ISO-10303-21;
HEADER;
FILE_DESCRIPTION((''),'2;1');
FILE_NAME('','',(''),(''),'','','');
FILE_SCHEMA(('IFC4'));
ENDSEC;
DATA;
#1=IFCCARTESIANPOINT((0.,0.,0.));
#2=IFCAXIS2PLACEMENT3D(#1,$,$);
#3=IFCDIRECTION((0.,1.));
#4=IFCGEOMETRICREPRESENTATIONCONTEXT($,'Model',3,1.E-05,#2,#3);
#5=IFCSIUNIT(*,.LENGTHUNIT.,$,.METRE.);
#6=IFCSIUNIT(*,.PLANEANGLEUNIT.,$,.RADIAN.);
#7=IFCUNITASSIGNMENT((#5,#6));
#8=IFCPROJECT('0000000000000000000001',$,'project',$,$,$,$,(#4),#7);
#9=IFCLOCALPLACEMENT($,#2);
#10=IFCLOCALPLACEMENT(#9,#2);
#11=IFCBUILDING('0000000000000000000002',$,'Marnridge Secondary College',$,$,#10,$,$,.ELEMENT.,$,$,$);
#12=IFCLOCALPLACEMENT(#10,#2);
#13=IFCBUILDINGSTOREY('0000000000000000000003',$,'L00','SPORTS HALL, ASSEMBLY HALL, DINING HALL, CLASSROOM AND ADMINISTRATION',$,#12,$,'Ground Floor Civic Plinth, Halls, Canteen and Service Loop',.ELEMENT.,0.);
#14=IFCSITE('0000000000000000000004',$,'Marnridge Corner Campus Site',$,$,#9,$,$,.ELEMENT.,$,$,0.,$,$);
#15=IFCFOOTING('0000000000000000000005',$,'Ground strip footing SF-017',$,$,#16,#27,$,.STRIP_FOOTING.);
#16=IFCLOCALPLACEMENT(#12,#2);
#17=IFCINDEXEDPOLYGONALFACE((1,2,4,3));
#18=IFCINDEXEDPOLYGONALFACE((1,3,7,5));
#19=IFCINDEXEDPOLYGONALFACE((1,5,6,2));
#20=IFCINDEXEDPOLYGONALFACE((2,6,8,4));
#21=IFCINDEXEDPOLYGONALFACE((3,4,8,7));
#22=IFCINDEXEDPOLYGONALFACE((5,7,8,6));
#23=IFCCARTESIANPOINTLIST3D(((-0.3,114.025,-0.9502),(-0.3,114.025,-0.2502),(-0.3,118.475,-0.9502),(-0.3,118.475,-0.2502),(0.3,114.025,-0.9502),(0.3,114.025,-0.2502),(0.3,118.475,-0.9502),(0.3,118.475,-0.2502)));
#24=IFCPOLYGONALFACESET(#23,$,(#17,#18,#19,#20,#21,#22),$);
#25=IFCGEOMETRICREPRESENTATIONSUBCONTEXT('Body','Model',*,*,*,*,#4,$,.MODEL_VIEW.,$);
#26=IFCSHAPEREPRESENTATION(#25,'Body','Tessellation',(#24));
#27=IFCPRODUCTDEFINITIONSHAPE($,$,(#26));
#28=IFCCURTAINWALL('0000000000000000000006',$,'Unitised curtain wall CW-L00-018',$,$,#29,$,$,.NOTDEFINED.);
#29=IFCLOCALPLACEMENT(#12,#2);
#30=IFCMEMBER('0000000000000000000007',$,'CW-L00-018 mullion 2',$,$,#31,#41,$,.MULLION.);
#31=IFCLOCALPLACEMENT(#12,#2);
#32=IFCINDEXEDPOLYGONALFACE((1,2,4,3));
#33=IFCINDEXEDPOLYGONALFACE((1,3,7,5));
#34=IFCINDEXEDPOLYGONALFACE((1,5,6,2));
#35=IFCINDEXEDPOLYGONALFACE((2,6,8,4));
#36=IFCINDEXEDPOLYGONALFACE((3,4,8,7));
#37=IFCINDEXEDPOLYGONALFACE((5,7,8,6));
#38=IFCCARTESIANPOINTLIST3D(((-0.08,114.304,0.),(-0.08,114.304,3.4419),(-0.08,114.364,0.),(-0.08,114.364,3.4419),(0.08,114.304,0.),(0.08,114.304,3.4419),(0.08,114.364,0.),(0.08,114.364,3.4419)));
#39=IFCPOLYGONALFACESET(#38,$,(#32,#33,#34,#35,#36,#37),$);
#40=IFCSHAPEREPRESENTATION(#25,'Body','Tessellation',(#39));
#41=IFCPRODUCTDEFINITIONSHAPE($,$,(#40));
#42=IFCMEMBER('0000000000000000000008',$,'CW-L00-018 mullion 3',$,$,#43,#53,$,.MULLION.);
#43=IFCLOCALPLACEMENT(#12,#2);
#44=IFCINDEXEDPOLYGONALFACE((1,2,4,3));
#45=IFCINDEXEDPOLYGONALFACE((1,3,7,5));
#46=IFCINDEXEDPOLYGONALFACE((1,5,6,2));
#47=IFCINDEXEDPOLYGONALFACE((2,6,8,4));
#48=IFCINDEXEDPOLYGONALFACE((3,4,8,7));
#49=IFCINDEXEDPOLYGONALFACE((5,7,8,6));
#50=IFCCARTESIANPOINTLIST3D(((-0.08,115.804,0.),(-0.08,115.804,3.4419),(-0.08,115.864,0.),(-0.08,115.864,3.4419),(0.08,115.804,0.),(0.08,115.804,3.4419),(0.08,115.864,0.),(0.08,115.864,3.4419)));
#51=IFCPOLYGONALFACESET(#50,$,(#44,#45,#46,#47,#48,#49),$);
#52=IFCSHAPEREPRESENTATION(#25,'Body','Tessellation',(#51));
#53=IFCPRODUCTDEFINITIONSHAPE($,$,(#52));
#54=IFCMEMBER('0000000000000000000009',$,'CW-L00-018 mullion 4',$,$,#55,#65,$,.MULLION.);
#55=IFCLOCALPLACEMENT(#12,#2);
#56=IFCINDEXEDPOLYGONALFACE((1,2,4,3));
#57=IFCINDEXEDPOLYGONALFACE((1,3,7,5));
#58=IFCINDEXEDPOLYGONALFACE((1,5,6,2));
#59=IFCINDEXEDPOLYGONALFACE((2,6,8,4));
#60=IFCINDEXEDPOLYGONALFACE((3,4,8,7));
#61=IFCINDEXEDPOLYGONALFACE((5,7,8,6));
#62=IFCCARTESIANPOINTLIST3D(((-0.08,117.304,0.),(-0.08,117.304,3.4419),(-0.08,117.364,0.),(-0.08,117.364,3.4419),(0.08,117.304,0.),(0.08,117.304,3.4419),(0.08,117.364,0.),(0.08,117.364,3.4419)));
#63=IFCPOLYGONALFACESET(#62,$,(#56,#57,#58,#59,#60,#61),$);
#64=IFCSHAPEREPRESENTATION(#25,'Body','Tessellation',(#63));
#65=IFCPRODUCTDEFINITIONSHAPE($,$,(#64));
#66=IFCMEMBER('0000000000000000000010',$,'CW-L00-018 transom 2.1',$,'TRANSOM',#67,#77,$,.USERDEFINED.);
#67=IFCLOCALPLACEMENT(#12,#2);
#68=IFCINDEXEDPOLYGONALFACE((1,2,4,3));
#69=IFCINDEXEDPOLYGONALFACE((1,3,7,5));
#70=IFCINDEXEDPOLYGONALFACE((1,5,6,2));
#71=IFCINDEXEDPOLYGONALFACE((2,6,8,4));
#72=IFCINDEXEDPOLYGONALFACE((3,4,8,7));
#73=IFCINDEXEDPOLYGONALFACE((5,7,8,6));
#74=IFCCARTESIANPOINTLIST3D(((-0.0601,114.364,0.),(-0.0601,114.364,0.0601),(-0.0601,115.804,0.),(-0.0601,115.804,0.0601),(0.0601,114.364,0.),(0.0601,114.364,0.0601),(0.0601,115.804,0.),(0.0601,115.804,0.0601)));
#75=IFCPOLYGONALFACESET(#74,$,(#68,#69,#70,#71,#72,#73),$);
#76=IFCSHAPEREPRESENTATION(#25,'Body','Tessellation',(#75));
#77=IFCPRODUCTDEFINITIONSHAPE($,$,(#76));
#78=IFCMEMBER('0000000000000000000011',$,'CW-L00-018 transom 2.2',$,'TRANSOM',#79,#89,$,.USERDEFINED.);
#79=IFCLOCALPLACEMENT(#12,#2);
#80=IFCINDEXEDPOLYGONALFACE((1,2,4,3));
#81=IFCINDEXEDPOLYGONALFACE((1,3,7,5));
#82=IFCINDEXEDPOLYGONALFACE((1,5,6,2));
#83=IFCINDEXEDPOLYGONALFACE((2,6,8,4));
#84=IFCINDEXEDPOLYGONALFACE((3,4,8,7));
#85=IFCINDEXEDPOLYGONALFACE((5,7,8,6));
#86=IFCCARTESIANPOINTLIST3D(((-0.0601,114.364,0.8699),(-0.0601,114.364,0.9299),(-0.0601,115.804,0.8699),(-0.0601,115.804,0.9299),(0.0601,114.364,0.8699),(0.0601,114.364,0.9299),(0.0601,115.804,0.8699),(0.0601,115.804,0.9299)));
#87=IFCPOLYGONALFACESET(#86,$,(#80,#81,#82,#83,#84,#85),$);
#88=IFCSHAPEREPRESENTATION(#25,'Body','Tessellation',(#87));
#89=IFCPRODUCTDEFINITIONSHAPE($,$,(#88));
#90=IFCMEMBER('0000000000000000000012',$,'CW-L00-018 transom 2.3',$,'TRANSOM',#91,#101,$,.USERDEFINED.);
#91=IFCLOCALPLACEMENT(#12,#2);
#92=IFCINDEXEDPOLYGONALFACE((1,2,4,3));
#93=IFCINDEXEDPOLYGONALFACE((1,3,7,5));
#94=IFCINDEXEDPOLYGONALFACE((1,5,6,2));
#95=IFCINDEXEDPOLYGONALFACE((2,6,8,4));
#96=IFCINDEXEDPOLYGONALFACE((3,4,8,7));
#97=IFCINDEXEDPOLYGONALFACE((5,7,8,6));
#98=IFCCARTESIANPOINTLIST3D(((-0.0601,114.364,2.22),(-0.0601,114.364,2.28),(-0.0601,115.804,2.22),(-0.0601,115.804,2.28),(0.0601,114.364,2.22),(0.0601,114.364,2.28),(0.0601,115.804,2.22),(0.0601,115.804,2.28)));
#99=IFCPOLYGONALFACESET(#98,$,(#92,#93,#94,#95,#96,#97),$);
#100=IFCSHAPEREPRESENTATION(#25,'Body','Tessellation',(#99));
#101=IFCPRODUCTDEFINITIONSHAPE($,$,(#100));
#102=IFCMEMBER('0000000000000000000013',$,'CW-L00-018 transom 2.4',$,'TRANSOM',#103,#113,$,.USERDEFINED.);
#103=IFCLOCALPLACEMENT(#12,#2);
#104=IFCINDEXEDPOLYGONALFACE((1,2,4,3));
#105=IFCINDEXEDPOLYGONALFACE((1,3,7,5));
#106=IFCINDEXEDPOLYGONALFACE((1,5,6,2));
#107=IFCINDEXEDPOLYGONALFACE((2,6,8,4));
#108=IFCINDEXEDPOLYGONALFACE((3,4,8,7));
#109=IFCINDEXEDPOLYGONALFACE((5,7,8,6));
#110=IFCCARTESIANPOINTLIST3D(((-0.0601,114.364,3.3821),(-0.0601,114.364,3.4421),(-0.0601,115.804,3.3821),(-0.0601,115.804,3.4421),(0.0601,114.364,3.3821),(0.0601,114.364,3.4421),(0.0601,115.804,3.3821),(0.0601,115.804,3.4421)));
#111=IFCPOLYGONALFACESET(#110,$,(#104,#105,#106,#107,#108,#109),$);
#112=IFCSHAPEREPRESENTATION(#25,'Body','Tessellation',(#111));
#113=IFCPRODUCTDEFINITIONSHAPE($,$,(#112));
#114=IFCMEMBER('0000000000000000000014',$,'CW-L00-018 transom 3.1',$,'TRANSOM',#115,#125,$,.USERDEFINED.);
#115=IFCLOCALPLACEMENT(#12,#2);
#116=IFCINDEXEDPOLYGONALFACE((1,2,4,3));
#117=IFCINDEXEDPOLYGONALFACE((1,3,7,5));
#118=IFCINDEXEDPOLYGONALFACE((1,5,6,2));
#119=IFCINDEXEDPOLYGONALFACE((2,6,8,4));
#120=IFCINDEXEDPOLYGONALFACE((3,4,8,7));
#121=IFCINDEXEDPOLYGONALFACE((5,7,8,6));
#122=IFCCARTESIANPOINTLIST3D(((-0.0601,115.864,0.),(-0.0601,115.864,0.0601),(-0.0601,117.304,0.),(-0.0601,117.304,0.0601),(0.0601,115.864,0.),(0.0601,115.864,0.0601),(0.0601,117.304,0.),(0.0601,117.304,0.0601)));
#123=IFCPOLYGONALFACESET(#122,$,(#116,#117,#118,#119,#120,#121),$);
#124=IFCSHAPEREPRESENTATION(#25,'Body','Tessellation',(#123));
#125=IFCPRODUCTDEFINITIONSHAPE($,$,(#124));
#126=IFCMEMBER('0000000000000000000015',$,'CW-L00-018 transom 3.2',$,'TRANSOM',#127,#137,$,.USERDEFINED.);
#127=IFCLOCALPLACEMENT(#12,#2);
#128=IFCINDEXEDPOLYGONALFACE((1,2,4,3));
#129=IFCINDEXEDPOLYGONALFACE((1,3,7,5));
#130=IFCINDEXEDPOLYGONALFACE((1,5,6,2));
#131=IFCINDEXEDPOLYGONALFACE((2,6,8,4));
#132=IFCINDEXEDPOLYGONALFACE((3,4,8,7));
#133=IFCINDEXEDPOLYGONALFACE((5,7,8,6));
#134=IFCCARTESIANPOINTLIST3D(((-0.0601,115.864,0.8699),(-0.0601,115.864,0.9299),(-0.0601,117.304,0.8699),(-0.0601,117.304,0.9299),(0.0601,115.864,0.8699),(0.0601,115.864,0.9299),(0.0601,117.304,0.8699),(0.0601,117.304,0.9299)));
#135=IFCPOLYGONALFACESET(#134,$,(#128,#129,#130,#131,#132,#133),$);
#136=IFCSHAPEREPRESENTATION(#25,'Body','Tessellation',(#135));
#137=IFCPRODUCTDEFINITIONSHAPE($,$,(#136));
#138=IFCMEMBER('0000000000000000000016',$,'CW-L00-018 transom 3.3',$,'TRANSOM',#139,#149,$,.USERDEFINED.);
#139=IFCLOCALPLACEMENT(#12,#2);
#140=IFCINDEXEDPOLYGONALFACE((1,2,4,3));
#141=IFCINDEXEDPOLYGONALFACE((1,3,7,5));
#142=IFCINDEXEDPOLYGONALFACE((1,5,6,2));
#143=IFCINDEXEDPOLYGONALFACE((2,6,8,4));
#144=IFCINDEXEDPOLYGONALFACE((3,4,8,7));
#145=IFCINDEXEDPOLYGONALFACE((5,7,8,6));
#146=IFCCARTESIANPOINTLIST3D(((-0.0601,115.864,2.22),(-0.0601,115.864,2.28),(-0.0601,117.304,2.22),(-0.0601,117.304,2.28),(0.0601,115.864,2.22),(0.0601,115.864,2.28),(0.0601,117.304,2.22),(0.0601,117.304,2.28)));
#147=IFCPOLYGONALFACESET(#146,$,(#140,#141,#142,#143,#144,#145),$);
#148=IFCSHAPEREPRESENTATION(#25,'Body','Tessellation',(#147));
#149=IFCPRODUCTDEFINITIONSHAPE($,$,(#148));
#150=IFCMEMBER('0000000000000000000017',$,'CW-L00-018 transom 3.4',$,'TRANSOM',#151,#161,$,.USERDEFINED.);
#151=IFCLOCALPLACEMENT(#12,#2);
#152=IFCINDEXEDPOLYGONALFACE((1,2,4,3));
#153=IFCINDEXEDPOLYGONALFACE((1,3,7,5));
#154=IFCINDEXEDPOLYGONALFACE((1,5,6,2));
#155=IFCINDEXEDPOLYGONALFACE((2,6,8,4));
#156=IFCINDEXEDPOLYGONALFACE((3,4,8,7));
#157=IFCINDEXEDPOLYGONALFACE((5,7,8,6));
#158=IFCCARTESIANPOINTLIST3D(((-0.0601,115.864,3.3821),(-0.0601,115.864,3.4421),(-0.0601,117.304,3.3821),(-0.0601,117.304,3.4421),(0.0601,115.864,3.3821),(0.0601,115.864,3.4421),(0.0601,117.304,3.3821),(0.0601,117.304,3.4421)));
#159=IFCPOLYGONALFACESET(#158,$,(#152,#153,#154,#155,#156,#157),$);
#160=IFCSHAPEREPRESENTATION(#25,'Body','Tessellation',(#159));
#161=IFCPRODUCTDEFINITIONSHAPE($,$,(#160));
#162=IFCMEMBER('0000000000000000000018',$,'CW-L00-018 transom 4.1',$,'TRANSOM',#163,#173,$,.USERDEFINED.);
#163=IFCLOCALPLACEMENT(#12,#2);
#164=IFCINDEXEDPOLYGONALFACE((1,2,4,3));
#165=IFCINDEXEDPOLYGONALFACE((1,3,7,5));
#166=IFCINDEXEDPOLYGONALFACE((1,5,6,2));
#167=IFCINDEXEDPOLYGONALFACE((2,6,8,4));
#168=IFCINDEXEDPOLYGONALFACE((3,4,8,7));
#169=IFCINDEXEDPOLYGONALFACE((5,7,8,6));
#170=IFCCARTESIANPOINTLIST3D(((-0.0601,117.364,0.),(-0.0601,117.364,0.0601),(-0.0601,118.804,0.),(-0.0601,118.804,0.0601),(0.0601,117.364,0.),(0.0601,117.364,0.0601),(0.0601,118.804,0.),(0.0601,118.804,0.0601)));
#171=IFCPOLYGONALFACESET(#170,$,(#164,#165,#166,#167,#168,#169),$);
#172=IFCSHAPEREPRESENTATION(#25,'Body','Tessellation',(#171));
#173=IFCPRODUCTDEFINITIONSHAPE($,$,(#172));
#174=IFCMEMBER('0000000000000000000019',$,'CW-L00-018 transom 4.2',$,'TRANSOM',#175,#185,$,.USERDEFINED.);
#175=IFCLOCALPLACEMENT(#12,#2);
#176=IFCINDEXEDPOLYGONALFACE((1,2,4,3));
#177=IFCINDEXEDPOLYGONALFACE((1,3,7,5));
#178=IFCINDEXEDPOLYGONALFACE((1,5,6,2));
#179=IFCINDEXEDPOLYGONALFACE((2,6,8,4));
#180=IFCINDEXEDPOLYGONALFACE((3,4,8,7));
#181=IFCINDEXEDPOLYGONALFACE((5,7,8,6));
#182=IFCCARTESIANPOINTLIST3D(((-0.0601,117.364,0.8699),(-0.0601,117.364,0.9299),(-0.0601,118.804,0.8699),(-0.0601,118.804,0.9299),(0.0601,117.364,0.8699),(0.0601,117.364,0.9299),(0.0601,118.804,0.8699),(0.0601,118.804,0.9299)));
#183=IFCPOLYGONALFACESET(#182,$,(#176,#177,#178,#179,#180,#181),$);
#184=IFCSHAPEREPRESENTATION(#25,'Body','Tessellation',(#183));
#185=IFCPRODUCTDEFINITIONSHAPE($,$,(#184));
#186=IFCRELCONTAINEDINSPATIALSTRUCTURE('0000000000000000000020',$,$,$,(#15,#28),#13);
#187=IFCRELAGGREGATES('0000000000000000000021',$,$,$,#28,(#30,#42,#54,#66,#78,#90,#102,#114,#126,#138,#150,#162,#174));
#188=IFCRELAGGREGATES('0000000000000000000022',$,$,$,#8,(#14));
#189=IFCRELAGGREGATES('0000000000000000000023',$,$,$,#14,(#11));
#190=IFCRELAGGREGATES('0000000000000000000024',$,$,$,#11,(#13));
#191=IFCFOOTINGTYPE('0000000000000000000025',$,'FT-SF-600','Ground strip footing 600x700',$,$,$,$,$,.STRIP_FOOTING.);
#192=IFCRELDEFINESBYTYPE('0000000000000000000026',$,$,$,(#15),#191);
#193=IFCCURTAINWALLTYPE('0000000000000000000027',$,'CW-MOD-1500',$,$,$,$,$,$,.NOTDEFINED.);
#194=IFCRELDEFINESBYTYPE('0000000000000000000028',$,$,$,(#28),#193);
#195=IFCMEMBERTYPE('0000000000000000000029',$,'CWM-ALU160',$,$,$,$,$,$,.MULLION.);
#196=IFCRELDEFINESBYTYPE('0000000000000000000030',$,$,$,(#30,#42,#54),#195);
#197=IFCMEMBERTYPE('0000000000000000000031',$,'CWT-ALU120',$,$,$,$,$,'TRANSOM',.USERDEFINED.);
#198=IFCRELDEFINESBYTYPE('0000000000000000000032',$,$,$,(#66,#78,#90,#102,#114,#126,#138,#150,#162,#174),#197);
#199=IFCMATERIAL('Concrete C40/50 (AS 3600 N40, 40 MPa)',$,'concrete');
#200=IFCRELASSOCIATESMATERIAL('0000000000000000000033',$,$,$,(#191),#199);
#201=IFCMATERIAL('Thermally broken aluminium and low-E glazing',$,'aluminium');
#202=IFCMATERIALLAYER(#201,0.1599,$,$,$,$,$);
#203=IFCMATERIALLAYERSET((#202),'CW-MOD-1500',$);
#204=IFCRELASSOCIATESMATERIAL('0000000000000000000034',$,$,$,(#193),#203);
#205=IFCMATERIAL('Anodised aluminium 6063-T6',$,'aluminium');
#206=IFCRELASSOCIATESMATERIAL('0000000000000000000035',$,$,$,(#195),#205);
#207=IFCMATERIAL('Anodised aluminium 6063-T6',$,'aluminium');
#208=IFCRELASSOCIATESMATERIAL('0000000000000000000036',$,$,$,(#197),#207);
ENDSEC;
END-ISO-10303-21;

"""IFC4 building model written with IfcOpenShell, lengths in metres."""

from ifc_helpers import new_model, si_unit, direction, frame, origin, origin_2d, place, context, subcontext, project, spatial, rectangle, extrude, material, layer, layer_set, material_profile, profile_set, type_object, element, aggregate, save


model = new_model("IFC4")

# Units and contexts
model_context = context("Model", 3, precision=1e-05, world=origin(), true_north=direction((0.0, 1.0)))
body_context = subcontext(model_context, "Body", "Model", "MODEL_VIEW")
ifc_project = project(units=[si_unit("LENGTHUNIT", "METRE"), si_unit("PLANEANGLEUNIT", "RADIAN")], contexts=[model_context])

# Site, building, storey
site_placement = place(None, origin())
site = spatial("IfcSite", under=ifc_project, at=site_placement, Name="Marnridge Corner Campus Site", CompositionType="ELEMENT", RefElevation=0.0)
building_placement = place(site_placement, origin())
building = spatial("IfcBuilding", under=site, at=building_placement, Name="Marnridge Secondary College", CompositionType="ELEMENT")
storey_placement = place(building_placement, origin())
storey = spatial("IfcBuildingStorey", under=building, at=storey_placement, Name="L00", Description="SPORTS HALL, ASSEMBLY HALL, DINING HALL, CLASSROOM AND ADMINISTRATION", LongName="Ground Floor Civic Plinth, Halls, Canteen and Service Loop", CompositionType="ELEMENT", Elevation=0.0)

# Footing
ifc_material_1 = material(Name="Concrete C40/50 (AS 3600 N40, 40 MPa)", Category="concrete")
footing_type = type_object("IfcFootingType", Name="FT-SF-600", Description="Ground strip footing 600x700", PredefinedType="STRIP_FOOTING", material=ifc_material_1)
footing_placement = place(storey_placement, frame((0.0, 116.25, -0.9502), z_axis=(0.0, 0.0, 1.0), x_axis=(1.0, 0.0, 0.0)))
element("IfcFooting", 1, at=footing_placement, inside=storey, type_object=footing_type, Name="Ground strip footing SF-017", PredefinedType="STRIP_FOOTING", context=body_context, shape_type="SweptSolid", body=[
    extrude(rectangle(XDim=0.6001, YDim=4.45, at=origin_2d()), origin(), (0.0, 0.0, 1.0), 0.7),
])

# Curtain wall, members
ifc_material_2 = material(Name="Thermally broken aluminium and low-E glazing", Category="aluminium")
ifc_layer_1 = layer(ifc_material_2, 0.1599)
ifc_layer_set_1 = layer_set([ifc_layer_1], Name="CW-MOD-1500")
curtain_wall_type = type_object("IfcCurtainWallType", Name="CW-MOD-1500", PredefinedType="NOTDEFINED", material=ifc_layer_set_1)
curtain_wall_placement = place(storey_placement, origin())
curtain_wall = element("IfcCurtainWall", 2, at=curtain_wall_placement, inside=storey, type_object=curtain_wall_type, Name="Unitised curtain wall CW-L00-018", PredefinedType="NOTDEFINED")
ifc_material_3 = material(Name="Anodised aluminium 6063-T6", Category="aluminium")
ifc_material_profile_1 = material_profile(ifc_material_3, rectangle(XDim=0.0601, YDim=0.1599, at=origin_2d()), Name="ALU 60x160")
ifc_profile_set_1 = profile_set([ifc_material_profile_1], Name="Anodised aluminium 6063-T6")
member_type_1 = type_object("IfcMemberType", Name="CWM-ALU160", PredefinedType="MULLION", material=ifc_profile_set_1)
member_1_placement = place(storey_placement, frame((0.0, 114.334, 0.0), z_axis=(0.0, 0.0, 1.0), x_axis=(0.0, 1.0, 0.0)))
member_1 = element("IfcMember", 3, at=member_1_placement, type_object=member_type_1, Name="CW-L00-018 mullion 2", PredefinedType="MULLION", context=body_context, shape_type="SweptSolid", body=[
    extrude(rectangle(XDim=0.0601, YDim=0.1599, at=origin_2d()), origin(), (0.0, 0.0, 1.0), 3.4419),
])
member_2_placement = place(storey_placement, frame((0.0, 115.834, 0.0), z_axis=(0.0, 0.0, 1.0), x_axis=(0.0, 1.0, 0.0)))
member_2 = element("IfcMember", 4, at=member_2_placement, type_object=member_type_1, Name="CW-L00-018 mullion 3", PredefinedType="MULLION", context=body_context, shape_type="SweptSolid", body=[
    extrude(rectangle(XDim=0.0601, YDim=0.1599, at=origin_2d()), origin(), (0.0, 0.0, 1.0), 3.4419),
])
member_3_placement = place(storey_placement, frame((0.0, 117.334, 0.0), z_axis=(0.0, 0.0, 1.0), x_axis=(0.0, 1.0, 0.0)))
member_3 = element("IfcMember", 5, at=member_3_placement, type_object=member_type_1, Name="CW-L00-018 mullion 4", PredefinedType="MULLION", context=body_context, shape_type="SweptSolid", body=[
    extrude(rectangle(XDim=0.0601, YDim=0.1599, at=origin_2d()), origin(), (0.0, 0.0, 1.0), 3.4419),
])
ifc_material_4 = material(Name="Anodised aluminium 6063-T6", Category="aluminium")
ifc_material_profile_2 = material_profile(ifc_material_4, rectangle(XDim=0.0601, YDim=0.1201, at=origin_2d()), Name="ALU 60x120")
ifc_profile_set_2 = profile_set([ifc_material_profile_2], Name="Anodised aluminium 6063-T6")
member_type_2 = type_object("IfcMemberType", Name="CWT-ALU120", ElementType="TRANSOM", PredefinedType="USERDEFINED", material=ifc_profile_set_2)
member_4_placement = place(storey_placement, frame((0.0, 114.364, 0.03), z_axis=(0.0, 1.0, 0.0), x_axis=(0.0, 0.0, 1.0)))
member_4 = element("IfcMember", 6, at=member_4_placement, type_object=member_type_2, Name="CW-L00-018 transom 2.1", ObjectType="TRANSOM", PredefinedType="USERDEFINED", context=body_context, shape_type="SweptSolid", body=[
    extrude(rectangle(XDim=0.0601, YDim=0.1201, at=origin_2d()), origin(), (0.0, 0.0, 1.0), 1.4399),
])
member_5_placement = place(storey_placement, frame((0.0, 114.364, 0.8999), z_axis=(0.0, 1.0, 0.0), x_axis=(0.0, 0.0, 1.0)))
member_5 = element("IfcMember", 7, at=member_5_placement, type_object=member_type_2, Name="CW-L00-018 transom 2.2", ObjectType="TRANSOM", PredefinedType="USERDEFINED", context=body_context, shape_type="SweptSolid", body=[
    extrude(rectangle(XDim=0.0601, YDim=0.1201, at=origin_2d()), origin(), (0.0, 0.0, 1.0), 1.4399),
])
member_6_placement = place(storey_placement, frame((0.0, 114.364, 2.25), z_axis=(0.0, 1.0, 0.0), x_axis=(0.0, 0.0, 1.0)))
member_6 = element("IfcMember", 8, at=member_6_placement, type_object=member_type_2, Name="CW-L00-018 transom 2.3", ObjectType="TRANSOM", PredefinedType="USERDEFINED", context=body_context, shape_type="SweptSolid", body=[
    extrude(rectangle(XDim=0.0601, YDim=0.1201, at=origin_2d()), origin(), (0.0, 0.0, 1.0), 1.4399),
])
member_7_placement = place(storey_placement, frame((0.0, 114.364, 3.4121), z_axis=(0.0, 1.0, 0.0), x_axis=(0.0, 0.0, 1.0)))
member_7 = element("IfcMember", 9, at=member_7_placement, type_object=member_type_2, Name="CW-L00-018 transom 2.4", ObjectType="TRANSOM", PredefinedType="USERDEFINED", context=body_context, shape_type="SweptSolid", body=[
    extrude(rectangle(XDim=0.0601, YDim=0.1201, at=origin_2d()), origin(), (0.0, 0.0, 1.0), 1.4399),
])
member_8_placement = place(storey_placement, frame((0.0, 115.864, 0.03), z_axis=(0.0, 1.0, 0.0), x_axis=(0.0, 0.0, 1.0)))
member_8 = element("IfcMember", 10, at=member_8_placement, type_object=member_type_2, Name="CW-L00-018 transom 3.1", ObjectType="TRANSOM", PredefinedType="USERDEFINED", context=body_context, shape_type="SweptSolid", body=[
    extrude(rectangle(XDim=0.0601, YDim=0.1201, at=origin_2d()), origin(), (0.0, 0.0, 1.0), 1.4399),
])
member_9_placement = place(storey_placement, frame((0.0, 115.864, 0.8999), z_axis=(0.0, 1.0, 0.0), x_axis=(0.0, 0.0, 1.0)))
member_9 = element("IfcMember", 11, at=member_9_placement, type_object=member_type_2, Name="CW-L00-018 transom 3.2", ObjectType="TRANSOM", PredefinedType="USERDEFINED", context=body_context, shape_type="SweptSolid", body=[
    extrude(rectangle(XDim=0.0601, YDim=0.1201, at=origin_2d()), origin(), (0.0, 0.0, 1.0), 1.4399),
])
member_10_placement = place(storey_placement, frame((0.0, 115.864, 2.25), z_axis=(0.0, 1.0, 0.0), x_axis=(0.0, 0.0, 1.0)))
member_10 = element("IfcMember", 12, at=member_10_placement, type_object=member_type_2, Name="CW-L00-018 transom 3.3", ObjectType="TRANSOM", PredefinedType="USERDEFINED", context=body_context, shape_type="SweptSolid", body=[
    extrude(rectangle(XDim=0.0601, YDim=0.1201, at=origin_2d()), origin(), (0.0, 0.0, 1.0), 1.4399),
])
member_11_placement = place(storey_placement, frame((0.0, 115.864, 3.4121), z_axis=(0.0, 1.0, 0.0), x_axis=(0.0, 0.0, 1.0)))
member_11 = element("IfcMember", 13, at=member_11_placement, type_object=member_type_2, Name="CW-L00-018 transom 3.4", ObjectType="TRANSOM", PredefinedType="USERDEFINED", context=body_context, shape_type="SweptSolid", body=[
    extrude(rectangle(XDim=0.0601, YDim=0.1201, at=origin_2d()), origin(), (0.0, 0.0, 1.0), 1.4399),
])
member_12_placement = place(storey_placement, frame((0.0, 117.364, 0.03), z_axis=(0.0, 1.0, 0.0), x_axis=(0.0, 0.0, 1.0)))
member_12 = element("IfcMember", 14, at=member_12_placement, type_object=member_type_2, Name="CW-L00-018 transom 4.1", ObjectType="TRANSOM", PredefinedType="USERDEFINED", context=body_context, shape_type="SweptSolid", body=[
    extrude(rectangle(XDim=0.0601, YDim=0.1201, at=origin_2d()), origin(), (0.0, 0.0, 1.0), 1.4399),
])
member_13_placement = place(storey_placement, frame((0.0, 117.364, 0.8999), z_axis=(0.0, 1.0, 0.0), x_axis=(0.0, 0.0, 1.0)))
member_13 = element("IfcMember", 15, at=member_13_placement, type_object=member_type_2, Name="CW-L00-018 transom 4.2", ObjectType="TRANSOM", PredefinedType="USERDEFINED", context=body_context, shape_type="SweptSolid", body=[
    extrude(rectangle(XDim=0.0601, YDim=0.1201, at=origin_2d()), origin(), (0.0, 0.0, 1.0), 1.4399),
])
aggregate(curtain_wall, [member_1, member_2, member_3, member_4, member_5, member_6, member_7, member_8, member_9, member_10, member_11, member_12, member_13])

save(model, "model.ifc")
